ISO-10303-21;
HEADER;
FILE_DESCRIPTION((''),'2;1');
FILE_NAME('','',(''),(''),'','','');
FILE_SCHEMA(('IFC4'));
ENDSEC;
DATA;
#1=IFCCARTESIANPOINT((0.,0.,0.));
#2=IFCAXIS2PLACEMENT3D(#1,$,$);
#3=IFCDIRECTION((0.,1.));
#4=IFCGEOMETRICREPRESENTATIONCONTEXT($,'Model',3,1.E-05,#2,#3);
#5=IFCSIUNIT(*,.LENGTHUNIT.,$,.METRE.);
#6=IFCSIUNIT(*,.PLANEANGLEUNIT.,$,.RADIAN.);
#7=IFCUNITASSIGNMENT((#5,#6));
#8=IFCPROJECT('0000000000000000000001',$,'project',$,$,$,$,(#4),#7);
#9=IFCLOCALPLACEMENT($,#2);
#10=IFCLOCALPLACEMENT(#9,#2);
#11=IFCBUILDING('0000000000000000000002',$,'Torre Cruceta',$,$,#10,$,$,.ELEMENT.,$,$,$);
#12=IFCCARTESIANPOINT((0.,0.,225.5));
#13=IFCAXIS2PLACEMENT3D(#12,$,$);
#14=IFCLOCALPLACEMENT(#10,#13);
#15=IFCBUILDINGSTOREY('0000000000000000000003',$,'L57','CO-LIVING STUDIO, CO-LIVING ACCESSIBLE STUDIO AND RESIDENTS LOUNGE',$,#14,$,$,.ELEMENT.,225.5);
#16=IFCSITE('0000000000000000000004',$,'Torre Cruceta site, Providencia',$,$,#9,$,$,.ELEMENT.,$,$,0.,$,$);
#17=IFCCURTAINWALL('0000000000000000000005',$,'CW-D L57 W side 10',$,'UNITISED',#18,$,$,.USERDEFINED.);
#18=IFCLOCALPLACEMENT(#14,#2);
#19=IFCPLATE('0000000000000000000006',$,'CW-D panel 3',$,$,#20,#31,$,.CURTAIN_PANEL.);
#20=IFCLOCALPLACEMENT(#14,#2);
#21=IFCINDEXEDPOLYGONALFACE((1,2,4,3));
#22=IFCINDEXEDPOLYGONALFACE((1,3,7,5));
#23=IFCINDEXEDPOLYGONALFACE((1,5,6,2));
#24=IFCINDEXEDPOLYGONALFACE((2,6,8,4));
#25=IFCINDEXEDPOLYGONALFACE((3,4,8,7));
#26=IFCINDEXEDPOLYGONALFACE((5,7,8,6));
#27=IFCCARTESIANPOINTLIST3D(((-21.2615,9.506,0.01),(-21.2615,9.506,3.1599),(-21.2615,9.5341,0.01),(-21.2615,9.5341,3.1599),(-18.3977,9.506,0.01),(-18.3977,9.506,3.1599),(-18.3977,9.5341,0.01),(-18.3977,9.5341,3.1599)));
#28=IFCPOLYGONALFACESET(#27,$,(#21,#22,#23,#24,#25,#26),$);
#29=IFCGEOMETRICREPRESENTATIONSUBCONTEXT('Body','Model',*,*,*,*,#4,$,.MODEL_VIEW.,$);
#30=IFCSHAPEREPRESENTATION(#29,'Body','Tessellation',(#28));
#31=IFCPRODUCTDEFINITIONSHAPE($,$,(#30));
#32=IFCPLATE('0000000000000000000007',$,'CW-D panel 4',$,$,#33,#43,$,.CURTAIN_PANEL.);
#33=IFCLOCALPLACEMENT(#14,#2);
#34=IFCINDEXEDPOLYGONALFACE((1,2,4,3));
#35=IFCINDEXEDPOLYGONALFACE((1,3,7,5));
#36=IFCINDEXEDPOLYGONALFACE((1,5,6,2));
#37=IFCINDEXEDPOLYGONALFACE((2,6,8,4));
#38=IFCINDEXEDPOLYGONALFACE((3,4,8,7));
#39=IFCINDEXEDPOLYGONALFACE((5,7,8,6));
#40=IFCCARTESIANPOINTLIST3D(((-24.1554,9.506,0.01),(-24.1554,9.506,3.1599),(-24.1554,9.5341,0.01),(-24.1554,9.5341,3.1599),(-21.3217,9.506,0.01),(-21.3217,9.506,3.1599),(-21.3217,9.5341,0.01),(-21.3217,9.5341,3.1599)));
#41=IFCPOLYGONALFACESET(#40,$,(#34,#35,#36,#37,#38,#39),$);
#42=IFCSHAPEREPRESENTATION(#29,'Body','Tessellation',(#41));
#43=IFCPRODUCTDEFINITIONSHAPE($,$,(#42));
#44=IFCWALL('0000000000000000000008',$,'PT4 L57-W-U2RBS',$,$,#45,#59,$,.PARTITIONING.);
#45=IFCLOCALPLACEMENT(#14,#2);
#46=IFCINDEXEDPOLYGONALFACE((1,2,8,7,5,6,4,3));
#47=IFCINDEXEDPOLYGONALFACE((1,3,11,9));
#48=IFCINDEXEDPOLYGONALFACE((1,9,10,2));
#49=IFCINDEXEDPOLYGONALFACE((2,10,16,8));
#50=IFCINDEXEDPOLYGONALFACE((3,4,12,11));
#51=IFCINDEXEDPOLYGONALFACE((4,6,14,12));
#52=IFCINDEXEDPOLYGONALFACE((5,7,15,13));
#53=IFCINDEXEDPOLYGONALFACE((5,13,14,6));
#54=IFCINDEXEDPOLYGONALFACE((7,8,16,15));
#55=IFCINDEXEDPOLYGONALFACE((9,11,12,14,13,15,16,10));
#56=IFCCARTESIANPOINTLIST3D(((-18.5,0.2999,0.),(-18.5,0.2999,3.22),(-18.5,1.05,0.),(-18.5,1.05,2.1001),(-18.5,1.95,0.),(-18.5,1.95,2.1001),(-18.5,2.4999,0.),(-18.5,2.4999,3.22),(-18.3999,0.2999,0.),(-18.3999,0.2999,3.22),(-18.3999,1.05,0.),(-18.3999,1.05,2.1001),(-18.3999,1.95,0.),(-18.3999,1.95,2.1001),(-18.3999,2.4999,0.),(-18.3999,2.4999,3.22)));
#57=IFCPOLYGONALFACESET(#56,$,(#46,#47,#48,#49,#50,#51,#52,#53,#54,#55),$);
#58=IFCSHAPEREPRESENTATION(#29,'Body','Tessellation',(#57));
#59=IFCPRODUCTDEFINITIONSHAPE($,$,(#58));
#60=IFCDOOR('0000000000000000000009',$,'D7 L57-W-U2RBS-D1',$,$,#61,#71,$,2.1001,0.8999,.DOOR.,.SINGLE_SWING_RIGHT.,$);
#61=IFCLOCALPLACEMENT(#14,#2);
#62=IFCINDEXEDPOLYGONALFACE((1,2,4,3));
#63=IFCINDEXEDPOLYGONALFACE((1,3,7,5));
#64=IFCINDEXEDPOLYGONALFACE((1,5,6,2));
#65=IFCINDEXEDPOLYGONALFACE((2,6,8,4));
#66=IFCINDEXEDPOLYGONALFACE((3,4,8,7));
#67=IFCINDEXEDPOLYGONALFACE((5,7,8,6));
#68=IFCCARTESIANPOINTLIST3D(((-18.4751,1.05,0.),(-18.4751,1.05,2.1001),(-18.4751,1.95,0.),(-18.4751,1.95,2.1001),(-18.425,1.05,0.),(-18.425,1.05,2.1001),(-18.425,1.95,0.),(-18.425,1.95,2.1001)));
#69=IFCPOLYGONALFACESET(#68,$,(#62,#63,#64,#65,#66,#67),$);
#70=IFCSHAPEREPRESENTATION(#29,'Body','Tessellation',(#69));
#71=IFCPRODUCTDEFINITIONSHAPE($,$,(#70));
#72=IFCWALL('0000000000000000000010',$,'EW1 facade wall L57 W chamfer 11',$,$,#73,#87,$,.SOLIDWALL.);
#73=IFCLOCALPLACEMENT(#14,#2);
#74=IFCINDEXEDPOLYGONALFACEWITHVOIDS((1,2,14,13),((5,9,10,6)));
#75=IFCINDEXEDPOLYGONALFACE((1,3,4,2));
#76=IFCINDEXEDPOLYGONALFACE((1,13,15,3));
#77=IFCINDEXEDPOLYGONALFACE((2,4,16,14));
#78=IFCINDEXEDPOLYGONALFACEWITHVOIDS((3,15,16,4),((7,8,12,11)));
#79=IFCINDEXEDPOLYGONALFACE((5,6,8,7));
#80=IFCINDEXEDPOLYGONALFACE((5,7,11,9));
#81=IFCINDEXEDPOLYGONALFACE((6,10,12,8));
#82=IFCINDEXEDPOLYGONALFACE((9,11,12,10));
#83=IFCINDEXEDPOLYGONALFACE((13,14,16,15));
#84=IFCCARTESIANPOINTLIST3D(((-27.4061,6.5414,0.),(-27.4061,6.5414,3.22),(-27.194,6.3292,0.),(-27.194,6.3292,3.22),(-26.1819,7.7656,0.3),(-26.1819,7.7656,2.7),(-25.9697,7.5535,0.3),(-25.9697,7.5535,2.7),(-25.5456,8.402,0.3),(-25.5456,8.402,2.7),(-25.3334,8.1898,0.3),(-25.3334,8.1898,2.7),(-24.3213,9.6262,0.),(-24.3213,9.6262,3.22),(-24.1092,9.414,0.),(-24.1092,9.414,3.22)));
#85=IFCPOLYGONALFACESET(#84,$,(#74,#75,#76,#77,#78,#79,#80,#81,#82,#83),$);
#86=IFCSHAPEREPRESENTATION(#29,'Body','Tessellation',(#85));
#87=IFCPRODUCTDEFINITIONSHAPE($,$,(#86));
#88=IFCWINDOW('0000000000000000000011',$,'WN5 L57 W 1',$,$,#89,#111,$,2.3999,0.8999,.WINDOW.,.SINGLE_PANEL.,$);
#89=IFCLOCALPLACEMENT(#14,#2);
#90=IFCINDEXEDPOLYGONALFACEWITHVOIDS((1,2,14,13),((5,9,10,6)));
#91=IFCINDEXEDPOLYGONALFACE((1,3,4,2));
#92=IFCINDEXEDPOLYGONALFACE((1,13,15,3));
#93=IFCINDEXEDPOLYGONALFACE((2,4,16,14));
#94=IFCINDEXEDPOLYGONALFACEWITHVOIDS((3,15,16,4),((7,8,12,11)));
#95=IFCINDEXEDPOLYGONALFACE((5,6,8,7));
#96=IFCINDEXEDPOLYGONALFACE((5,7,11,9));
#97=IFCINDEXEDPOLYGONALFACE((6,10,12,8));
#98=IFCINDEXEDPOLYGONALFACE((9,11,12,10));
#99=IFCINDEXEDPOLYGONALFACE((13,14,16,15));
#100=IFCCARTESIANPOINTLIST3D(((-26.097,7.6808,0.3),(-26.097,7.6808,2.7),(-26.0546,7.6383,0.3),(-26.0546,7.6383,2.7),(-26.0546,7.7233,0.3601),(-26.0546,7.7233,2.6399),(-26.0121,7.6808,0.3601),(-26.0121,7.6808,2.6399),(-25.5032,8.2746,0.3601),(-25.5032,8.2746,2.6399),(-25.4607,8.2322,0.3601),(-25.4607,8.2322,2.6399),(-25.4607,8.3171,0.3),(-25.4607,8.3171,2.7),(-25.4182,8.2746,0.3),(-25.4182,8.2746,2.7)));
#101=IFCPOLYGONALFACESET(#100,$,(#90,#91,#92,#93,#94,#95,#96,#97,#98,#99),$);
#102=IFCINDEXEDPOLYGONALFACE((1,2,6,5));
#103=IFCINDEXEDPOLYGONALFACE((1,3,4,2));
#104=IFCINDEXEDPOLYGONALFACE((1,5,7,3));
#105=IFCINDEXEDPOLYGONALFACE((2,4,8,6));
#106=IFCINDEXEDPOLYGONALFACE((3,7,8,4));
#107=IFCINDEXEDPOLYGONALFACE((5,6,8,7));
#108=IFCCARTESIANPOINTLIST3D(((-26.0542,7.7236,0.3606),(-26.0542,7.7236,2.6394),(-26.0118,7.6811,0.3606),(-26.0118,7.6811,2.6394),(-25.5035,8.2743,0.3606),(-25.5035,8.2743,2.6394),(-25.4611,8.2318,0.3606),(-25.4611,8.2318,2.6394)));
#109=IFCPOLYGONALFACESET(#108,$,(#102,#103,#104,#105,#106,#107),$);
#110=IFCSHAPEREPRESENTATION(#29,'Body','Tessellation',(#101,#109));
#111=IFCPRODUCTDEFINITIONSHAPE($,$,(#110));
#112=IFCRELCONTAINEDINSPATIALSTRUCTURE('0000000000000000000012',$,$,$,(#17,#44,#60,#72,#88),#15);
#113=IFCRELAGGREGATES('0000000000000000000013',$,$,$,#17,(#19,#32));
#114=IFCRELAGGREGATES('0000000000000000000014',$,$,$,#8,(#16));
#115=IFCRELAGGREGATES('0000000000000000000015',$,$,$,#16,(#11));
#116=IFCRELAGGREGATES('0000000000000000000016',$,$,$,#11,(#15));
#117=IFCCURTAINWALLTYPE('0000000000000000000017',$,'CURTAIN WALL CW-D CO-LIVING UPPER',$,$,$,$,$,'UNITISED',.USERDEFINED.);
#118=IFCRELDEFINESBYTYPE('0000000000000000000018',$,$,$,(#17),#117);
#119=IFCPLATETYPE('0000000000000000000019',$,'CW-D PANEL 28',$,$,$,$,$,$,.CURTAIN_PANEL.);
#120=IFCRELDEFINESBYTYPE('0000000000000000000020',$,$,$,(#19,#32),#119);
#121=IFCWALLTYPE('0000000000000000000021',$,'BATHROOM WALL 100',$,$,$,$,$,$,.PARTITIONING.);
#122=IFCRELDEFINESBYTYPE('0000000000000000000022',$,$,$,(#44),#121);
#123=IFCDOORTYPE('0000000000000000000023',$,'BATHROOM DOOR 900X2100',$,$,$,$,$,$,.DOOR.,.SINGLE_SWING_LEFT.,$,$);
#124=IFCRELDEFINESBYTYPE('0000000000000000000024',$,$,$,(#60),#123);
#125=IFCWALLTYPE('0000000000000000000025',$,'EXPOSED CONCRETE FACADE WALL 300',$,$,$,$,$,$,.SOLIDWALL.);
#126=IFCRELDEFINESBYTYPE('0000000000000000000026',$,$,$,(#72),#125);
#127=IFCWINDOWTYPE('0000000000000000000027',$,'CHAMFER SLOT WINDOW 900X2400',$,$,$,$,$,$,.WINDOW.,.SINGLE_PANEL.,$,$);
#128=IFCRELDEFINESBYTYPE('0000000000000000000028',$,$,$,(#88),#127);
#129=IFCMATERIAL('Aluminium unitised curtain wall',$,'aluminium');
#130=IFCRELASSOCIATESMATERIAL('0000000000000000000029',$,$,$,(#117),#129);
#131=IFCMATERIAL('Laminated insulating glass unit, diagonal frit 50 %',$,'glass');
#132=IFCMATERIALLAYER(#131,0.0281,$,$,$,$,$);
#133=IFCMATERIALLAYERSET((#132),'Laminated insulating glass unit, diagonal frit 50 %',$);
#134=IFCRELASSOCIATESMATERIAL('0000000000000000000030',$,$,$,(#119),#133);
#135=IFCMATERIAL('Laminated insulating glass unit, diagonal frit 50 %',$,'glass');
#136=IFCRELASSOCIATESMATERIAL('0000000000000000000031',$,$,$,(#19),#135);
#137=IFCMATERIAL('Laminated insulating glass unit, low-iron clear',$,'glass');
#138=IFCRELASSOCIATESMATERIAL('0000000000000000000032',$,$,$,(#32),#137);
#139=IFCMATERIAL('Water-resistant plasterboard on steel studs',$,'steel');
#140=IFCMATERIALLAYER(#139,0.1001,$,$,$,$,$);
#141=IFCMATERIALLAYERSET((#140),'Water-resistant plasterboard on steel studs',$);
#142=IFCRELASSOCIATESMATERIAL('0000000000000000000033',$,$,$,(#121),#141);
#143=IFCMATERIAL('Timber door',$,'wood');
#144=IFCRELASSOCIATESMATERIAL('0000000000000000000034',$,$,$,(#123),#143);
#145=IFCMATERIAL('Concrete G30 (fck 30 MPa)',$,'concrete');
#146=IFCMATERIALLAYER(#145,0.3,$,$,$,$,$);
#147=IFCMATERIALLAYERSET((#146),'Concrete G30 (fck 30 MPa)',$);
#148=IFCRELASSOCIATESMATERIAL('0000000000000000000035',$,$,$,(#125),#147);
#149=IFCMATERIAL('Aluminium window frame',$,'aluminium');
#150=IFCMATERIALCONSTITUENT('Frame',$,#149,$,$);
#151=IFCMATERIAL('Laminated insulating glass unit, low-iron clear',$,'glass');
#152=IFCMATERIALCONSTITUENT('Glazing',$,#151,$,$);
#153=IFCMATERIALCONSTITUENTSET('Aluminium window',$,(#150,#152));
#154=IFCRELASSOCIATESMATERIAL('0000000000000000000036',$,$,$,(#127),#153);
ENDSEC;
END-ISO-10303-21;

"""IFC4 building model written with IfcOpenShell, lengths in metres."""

from ifc_helpers import new_model, si_unit, direction, frame, frame_2d, origin, origin_2d, place, context, subcontext, project, spatial, rectangle, hollow_rectangle, extrude, material, layer, layer_set, constituent, constituent_set, type_object, element, fill, aggregate, save


model = new_model("IFC4")

# Units and contexts
model_context = context("Model", 3, precision=1e-05, world=origin(), true_north=direction((0.0, 1.0)))
body_context = subcontext(model_context, "Body", "Model", "MODEL_VIEW")
ifc_project = project(units=[si_unit("LENGTHUNIT", "METRE"), si_unit("PLANEANGLEUNIT", "RADIAN")], contexts=[model_context])

# Site, building, storey
site_placement = place(None, origin())
site = spatial("IfcSite", under=ifc_project, at=site_placement, Name="Torre Cruceta site, Providencia", CompositionType="ELEMENT", RefElevation=0.0)
building_placement = place(site_placement, origin())
building = spatial("IfcBuilding", under=site, at=building_placement, Name="Torre Cruceta", CompositionType="ELEMENT")
storey_placement = place(building_placement, frame((0.0, 0.0, 225.5)))
storey = spatial("IfcBuildingStorey", under=building, at=storey_placement, Name="L57", Description="CO-LIVING STUDIO, CO-LIVING ACCESSIBLE STUDIO AND RESIDENTS LOUNGE", CompositionType="ELEMENT", Elevation=225.5)

# Curtain wall
ifc_material_1 = material(Name="Aluminium unitised curtain wall", Category="aluminium")
curtain_wall_type = type_object("IfcCurtainWallType", Name="CURTAIN WALL CW-D CO-LIVING UPPER", ElementType="UNITISED", PredefinedType="USERDEFINED", material=ifc_material_1)
curtain_wall_placement = place(storey_placement, origin())
curtain_wall = element("IfcCurtainWall", 1, at=curtain_wall_placement, inside=storey, type_object=curtain_wall_type, Name="CW-D L57 W side 10", ObjectType="UNITISED", PredefinedType="USERDEFINED")

# Plates
ifc_material_2 = material(Name="Laminated insulating glass unit, diagonal frit 50 %", Category="glass")
ifc_material_3 = material(Name="Laminated insulating glass unit, diagonal frit 50 %", Category="glass")
ifc_layer_1 = layer(ifc_material_3, 0.0281)
ifc_layer_set_1 = layer_set([ifc_layer_1], Name="Laminated insulating glass unit, diagonal frit 50 %")
plate_type = type_object("IfcPlateType", Name="CW-D PANEL 28", PredefinedType="CURTAIN_PANEL", material=ifc_layer_set_1)
plate_1_placement = place(storey_placement, frame((-19.8296, 9.52, 0.01), z_axis=(0.0, 0.0, 1.0), x_axis=(-1.0, 0.0, 0.0)))
plate_1 = element("IfcPlate", 2, at=plate_1_placement, type_object=plate_type, material=ifc_material_2, Name="CW-D panel 3", PredefinedType="CURTAIN_PANEL", context=body_context, shape_type="SweptSolid", body=[
    extrude(rectangle(XDim=2.8638, YDim=0.0281, at=origin_2d()), origin(), (0.0, 0.0, 1.0), 3.1499),
])
ifc_material_4 = material(Name="Laminated insulating glass unit, low-iron clear", Category="glass")
plate_2_placement = place(storey_placement, frame((-22.7385, 9.52, 0.01), z_axis=(0.0, 0.0, 1.0), x_axis=(-1.0, 0.0, 0.0)))
plate_2 = element("IfcPlate", 3, at=plate_2_placement, type_object=plate_type, material=ifc_material_4, Name="CW-D panel 4", PredefinedType="CURTAIN_PANEL", context=body_context, shape_type="SweptSolid", body=[
    extrude(rectangle(XDim=2.8337, YDim=0.0281, at=origin_2d()), origin(), (0.0, 0.0, 1.0), 3.1499),
])
aggregate(curtain_wall, [plate_1, plate_2])

# Wall, opening, door
ifc_material_5 = material(Name="Water-resistant plasterboard on steel studs", Category="steel")
ifc_layer_2 = layer(ifc_material_5, 0.1001)
ifc_layer_set_2 = layer_set([ifc_layer_2], Name="Water-resistant plasterboard on steel studs")
wall_type_1 = type_object("IfcWallType", Name="BATHROOM WALL 100", PredefinedType="PARTITIONING", material=ifc_layer_set_2)
wall_1_placement = place(storey_placement, frame((-18.45, 2.5, 0.0), z_axis=(0.0, 0.0, 1.0), x_axis=(0.0, -1.0, 0.0)))
wall_1 = element("IfcWall", 4, at=wall_1_placement, inside=storey, type_object=wall_type_1, Name="PT4 L57-W-U2RBS", PredefinedType="PARTITIONING", context=body_context, shape_type="SweptSolid", body=[
    extrude(rectangle(XDim=2.2, YDim=0.1001, at=frame_2d((1.1001, 0.0))), origin(), (0.0, 0.0, 1.0), 3.22),
])
opening_1_placement = place(wall_1_placement, frame((0.55, 0.0, 0.0)))
opening_1 = element("IfcOpeningElement", 5, at=opening_1_placement, cuts=wall_1, PredefinedType="OPENING", context=body_context, shape_type="SweptSolid", body=[
    extrude(rectangle(XDim=0.8999, YDim=2.1001, at=frame_2d((0.45, 1.05))), frame((0.0, 0.0601, 0.0), z_axis=(0.0, -1.0, 0.0), x_axis=(1.0, 0.0, 0.0)), (0.0, 0.0, 1.0), 0.1201),
])
ifc_material_6 = material(Name="Timber door", Category="wood")
door_type = type_object("IfcDoorType", Name="BATHROOM DOOR 900X2100", OperationType="SINGLE_SWING_LEFT", PredefinedType="DOOR", material=ifc_material_6)
door_placement = place(opening_1_placement, frame((0.8999, 0.0, 0.0), z_axis=(0.0, 0.0, 1.0), x_axis=(-1.0, 0.0, 0.0)))
door = element("IfcDoor", 6, at=door_placement, inside=storey, type_object=door_type, Name="D7 L57-W-U2RBS-D1", OperationType="SINGLE_SWING_RIGHT", OverallHeight=2.1001, OverallWidth=0.8999, PredefinedType="DOOR", context=body_context, shape_type="SweptSolid", body=[
    extrude(rectangle(XDim=0.8999, YDim=2.1001, at=frame_2d((0.45, 1.05))), frame((0.0, 0.0251, 0.0), z_axis=(0.0, -1.0, 0.0), x_axis=(1.0, 0.0, 0.0)), (0.0, 0.0, 1.0), 0.05),
])
fill(opening_1, door)

# Wall, opening, window
ifc_material_7 = material(Name="Concrete G30 (fck 30 MPa)", Category="concrete")
ifc_layer_3 = layer(ifc_material_7, 0.3)
ifc_layer_set_3 = layer_set([ifc_layer_3], Name="Concrete G30 (fck 30 MPa)")
wall_type_2 = type_object("IfcWallType", Name="EXPOSED CONCRETE FACADE WALL 300", PredefinedType="SOLIDWALL", material=ifc_layer_set_3)
wall_2_placement = place(storey_placement, frame((-24.2153, 9.52, 0.0), z_axis=(0.0, 0.0, 1.0), x_axis=(-0.707107, -0.707107, 0.0)))
wall_2 = element("IfcWall", 7, at=wall_2_placement, inside=storey, type_object=wall_type_2, Name="EW1 facade wall L57 W chamfer 11", PredefinedType="SOLIDWALL", context=body_context, shape_type="SweptSolid", body=[
    extrude(rectangle(XDim=4.3625, YDim=0.3, at=frame_2d((2.1812, 0.0))), origin(), (0.0, 0.0, 1.0), 3.22),
])
opening_2_placement = place(wall_2_placement, frame((1.7312, 0.0, 0.3)))
opening_2 = element("IfcOpeningElement", 8, at=opening_2_placement, cuts=wall_2, PredefinedType="OPENING", context=body_context, shape_type="SweptSolid", body=[
    extrude(rectangle(XDim=0.8999, YDim=2.3999, at=frame_2d((0.45, 1.2))), frame((0.0, 0.1599, 0.0), z_axis=(0.0, -1.0, 0.0), x_axis=(1.0, 0.0, 0.0)), (0.0, 0.0, 1.0), 0.3201),
])
ifc_material_8 = material(Name="Aluminium window frame", Category="aluminium")
ifc_constituent_1 = constituent(ifc_material_8, Name="Frame")
ifc_material_9 = material(Name="Laminated insulating glass unit, low-iron clear", Category="glass")
ifc_constituent_2 = constituent(ifc_material_9, Name="Glazing")
ifc_constituent_set_1 = constituent_set(constituents=[ifc_constituent_1, ifc_constituent_2], Name="Aluminium window")
window_type_1 = type_object("IfcWindowType", Name="CHAMFER SLOT WINDOW 900X2400", PartitioningType="SINGLE_PANEL", PredefinedType="WINDOW", material=ifc_constituent_set_1)
window_1_placement = place(opening_2_placement, origin())
window_1 = element("IfcWindow", 9, at=window_1_placement, inside=storey, type_object=window_type_1, Name="WN5 L57 W 1", OverallHeight=2.3999, OverallWidth=0.8999, PartitioningType="SINGLE_PANEL", PredefinedType="WINDOW", context=body_context, shape_type="SweptSolid", body=[
    extrude(hollow_rectangle(XDim=0.8999, YDim=2.3999, WallThickness=0.0601, at=frame_2d((0.45, 1.2))), frame((0.0, 0.03, 0.0), z_axis=(0.0, -1.0, 0.0), x_axis=(1.0, 0.0, 0.0)), (0.0, 0.0, 1.0), 0.0601),
    extrude(rectangle(XDim=0.7788, YDim=2.2788, at=frame_2d((0.45, 1.2))), frame((0.0, 0.03, 0.0), z_axis=(0.0, -1.0, 0.0), x_axis=(1.0, 0.0, 0.0)), (0.0, 0.0, 1.0), 0.0601),
])
fill(opening_2, window_1)

save(model, "model.ifc")
